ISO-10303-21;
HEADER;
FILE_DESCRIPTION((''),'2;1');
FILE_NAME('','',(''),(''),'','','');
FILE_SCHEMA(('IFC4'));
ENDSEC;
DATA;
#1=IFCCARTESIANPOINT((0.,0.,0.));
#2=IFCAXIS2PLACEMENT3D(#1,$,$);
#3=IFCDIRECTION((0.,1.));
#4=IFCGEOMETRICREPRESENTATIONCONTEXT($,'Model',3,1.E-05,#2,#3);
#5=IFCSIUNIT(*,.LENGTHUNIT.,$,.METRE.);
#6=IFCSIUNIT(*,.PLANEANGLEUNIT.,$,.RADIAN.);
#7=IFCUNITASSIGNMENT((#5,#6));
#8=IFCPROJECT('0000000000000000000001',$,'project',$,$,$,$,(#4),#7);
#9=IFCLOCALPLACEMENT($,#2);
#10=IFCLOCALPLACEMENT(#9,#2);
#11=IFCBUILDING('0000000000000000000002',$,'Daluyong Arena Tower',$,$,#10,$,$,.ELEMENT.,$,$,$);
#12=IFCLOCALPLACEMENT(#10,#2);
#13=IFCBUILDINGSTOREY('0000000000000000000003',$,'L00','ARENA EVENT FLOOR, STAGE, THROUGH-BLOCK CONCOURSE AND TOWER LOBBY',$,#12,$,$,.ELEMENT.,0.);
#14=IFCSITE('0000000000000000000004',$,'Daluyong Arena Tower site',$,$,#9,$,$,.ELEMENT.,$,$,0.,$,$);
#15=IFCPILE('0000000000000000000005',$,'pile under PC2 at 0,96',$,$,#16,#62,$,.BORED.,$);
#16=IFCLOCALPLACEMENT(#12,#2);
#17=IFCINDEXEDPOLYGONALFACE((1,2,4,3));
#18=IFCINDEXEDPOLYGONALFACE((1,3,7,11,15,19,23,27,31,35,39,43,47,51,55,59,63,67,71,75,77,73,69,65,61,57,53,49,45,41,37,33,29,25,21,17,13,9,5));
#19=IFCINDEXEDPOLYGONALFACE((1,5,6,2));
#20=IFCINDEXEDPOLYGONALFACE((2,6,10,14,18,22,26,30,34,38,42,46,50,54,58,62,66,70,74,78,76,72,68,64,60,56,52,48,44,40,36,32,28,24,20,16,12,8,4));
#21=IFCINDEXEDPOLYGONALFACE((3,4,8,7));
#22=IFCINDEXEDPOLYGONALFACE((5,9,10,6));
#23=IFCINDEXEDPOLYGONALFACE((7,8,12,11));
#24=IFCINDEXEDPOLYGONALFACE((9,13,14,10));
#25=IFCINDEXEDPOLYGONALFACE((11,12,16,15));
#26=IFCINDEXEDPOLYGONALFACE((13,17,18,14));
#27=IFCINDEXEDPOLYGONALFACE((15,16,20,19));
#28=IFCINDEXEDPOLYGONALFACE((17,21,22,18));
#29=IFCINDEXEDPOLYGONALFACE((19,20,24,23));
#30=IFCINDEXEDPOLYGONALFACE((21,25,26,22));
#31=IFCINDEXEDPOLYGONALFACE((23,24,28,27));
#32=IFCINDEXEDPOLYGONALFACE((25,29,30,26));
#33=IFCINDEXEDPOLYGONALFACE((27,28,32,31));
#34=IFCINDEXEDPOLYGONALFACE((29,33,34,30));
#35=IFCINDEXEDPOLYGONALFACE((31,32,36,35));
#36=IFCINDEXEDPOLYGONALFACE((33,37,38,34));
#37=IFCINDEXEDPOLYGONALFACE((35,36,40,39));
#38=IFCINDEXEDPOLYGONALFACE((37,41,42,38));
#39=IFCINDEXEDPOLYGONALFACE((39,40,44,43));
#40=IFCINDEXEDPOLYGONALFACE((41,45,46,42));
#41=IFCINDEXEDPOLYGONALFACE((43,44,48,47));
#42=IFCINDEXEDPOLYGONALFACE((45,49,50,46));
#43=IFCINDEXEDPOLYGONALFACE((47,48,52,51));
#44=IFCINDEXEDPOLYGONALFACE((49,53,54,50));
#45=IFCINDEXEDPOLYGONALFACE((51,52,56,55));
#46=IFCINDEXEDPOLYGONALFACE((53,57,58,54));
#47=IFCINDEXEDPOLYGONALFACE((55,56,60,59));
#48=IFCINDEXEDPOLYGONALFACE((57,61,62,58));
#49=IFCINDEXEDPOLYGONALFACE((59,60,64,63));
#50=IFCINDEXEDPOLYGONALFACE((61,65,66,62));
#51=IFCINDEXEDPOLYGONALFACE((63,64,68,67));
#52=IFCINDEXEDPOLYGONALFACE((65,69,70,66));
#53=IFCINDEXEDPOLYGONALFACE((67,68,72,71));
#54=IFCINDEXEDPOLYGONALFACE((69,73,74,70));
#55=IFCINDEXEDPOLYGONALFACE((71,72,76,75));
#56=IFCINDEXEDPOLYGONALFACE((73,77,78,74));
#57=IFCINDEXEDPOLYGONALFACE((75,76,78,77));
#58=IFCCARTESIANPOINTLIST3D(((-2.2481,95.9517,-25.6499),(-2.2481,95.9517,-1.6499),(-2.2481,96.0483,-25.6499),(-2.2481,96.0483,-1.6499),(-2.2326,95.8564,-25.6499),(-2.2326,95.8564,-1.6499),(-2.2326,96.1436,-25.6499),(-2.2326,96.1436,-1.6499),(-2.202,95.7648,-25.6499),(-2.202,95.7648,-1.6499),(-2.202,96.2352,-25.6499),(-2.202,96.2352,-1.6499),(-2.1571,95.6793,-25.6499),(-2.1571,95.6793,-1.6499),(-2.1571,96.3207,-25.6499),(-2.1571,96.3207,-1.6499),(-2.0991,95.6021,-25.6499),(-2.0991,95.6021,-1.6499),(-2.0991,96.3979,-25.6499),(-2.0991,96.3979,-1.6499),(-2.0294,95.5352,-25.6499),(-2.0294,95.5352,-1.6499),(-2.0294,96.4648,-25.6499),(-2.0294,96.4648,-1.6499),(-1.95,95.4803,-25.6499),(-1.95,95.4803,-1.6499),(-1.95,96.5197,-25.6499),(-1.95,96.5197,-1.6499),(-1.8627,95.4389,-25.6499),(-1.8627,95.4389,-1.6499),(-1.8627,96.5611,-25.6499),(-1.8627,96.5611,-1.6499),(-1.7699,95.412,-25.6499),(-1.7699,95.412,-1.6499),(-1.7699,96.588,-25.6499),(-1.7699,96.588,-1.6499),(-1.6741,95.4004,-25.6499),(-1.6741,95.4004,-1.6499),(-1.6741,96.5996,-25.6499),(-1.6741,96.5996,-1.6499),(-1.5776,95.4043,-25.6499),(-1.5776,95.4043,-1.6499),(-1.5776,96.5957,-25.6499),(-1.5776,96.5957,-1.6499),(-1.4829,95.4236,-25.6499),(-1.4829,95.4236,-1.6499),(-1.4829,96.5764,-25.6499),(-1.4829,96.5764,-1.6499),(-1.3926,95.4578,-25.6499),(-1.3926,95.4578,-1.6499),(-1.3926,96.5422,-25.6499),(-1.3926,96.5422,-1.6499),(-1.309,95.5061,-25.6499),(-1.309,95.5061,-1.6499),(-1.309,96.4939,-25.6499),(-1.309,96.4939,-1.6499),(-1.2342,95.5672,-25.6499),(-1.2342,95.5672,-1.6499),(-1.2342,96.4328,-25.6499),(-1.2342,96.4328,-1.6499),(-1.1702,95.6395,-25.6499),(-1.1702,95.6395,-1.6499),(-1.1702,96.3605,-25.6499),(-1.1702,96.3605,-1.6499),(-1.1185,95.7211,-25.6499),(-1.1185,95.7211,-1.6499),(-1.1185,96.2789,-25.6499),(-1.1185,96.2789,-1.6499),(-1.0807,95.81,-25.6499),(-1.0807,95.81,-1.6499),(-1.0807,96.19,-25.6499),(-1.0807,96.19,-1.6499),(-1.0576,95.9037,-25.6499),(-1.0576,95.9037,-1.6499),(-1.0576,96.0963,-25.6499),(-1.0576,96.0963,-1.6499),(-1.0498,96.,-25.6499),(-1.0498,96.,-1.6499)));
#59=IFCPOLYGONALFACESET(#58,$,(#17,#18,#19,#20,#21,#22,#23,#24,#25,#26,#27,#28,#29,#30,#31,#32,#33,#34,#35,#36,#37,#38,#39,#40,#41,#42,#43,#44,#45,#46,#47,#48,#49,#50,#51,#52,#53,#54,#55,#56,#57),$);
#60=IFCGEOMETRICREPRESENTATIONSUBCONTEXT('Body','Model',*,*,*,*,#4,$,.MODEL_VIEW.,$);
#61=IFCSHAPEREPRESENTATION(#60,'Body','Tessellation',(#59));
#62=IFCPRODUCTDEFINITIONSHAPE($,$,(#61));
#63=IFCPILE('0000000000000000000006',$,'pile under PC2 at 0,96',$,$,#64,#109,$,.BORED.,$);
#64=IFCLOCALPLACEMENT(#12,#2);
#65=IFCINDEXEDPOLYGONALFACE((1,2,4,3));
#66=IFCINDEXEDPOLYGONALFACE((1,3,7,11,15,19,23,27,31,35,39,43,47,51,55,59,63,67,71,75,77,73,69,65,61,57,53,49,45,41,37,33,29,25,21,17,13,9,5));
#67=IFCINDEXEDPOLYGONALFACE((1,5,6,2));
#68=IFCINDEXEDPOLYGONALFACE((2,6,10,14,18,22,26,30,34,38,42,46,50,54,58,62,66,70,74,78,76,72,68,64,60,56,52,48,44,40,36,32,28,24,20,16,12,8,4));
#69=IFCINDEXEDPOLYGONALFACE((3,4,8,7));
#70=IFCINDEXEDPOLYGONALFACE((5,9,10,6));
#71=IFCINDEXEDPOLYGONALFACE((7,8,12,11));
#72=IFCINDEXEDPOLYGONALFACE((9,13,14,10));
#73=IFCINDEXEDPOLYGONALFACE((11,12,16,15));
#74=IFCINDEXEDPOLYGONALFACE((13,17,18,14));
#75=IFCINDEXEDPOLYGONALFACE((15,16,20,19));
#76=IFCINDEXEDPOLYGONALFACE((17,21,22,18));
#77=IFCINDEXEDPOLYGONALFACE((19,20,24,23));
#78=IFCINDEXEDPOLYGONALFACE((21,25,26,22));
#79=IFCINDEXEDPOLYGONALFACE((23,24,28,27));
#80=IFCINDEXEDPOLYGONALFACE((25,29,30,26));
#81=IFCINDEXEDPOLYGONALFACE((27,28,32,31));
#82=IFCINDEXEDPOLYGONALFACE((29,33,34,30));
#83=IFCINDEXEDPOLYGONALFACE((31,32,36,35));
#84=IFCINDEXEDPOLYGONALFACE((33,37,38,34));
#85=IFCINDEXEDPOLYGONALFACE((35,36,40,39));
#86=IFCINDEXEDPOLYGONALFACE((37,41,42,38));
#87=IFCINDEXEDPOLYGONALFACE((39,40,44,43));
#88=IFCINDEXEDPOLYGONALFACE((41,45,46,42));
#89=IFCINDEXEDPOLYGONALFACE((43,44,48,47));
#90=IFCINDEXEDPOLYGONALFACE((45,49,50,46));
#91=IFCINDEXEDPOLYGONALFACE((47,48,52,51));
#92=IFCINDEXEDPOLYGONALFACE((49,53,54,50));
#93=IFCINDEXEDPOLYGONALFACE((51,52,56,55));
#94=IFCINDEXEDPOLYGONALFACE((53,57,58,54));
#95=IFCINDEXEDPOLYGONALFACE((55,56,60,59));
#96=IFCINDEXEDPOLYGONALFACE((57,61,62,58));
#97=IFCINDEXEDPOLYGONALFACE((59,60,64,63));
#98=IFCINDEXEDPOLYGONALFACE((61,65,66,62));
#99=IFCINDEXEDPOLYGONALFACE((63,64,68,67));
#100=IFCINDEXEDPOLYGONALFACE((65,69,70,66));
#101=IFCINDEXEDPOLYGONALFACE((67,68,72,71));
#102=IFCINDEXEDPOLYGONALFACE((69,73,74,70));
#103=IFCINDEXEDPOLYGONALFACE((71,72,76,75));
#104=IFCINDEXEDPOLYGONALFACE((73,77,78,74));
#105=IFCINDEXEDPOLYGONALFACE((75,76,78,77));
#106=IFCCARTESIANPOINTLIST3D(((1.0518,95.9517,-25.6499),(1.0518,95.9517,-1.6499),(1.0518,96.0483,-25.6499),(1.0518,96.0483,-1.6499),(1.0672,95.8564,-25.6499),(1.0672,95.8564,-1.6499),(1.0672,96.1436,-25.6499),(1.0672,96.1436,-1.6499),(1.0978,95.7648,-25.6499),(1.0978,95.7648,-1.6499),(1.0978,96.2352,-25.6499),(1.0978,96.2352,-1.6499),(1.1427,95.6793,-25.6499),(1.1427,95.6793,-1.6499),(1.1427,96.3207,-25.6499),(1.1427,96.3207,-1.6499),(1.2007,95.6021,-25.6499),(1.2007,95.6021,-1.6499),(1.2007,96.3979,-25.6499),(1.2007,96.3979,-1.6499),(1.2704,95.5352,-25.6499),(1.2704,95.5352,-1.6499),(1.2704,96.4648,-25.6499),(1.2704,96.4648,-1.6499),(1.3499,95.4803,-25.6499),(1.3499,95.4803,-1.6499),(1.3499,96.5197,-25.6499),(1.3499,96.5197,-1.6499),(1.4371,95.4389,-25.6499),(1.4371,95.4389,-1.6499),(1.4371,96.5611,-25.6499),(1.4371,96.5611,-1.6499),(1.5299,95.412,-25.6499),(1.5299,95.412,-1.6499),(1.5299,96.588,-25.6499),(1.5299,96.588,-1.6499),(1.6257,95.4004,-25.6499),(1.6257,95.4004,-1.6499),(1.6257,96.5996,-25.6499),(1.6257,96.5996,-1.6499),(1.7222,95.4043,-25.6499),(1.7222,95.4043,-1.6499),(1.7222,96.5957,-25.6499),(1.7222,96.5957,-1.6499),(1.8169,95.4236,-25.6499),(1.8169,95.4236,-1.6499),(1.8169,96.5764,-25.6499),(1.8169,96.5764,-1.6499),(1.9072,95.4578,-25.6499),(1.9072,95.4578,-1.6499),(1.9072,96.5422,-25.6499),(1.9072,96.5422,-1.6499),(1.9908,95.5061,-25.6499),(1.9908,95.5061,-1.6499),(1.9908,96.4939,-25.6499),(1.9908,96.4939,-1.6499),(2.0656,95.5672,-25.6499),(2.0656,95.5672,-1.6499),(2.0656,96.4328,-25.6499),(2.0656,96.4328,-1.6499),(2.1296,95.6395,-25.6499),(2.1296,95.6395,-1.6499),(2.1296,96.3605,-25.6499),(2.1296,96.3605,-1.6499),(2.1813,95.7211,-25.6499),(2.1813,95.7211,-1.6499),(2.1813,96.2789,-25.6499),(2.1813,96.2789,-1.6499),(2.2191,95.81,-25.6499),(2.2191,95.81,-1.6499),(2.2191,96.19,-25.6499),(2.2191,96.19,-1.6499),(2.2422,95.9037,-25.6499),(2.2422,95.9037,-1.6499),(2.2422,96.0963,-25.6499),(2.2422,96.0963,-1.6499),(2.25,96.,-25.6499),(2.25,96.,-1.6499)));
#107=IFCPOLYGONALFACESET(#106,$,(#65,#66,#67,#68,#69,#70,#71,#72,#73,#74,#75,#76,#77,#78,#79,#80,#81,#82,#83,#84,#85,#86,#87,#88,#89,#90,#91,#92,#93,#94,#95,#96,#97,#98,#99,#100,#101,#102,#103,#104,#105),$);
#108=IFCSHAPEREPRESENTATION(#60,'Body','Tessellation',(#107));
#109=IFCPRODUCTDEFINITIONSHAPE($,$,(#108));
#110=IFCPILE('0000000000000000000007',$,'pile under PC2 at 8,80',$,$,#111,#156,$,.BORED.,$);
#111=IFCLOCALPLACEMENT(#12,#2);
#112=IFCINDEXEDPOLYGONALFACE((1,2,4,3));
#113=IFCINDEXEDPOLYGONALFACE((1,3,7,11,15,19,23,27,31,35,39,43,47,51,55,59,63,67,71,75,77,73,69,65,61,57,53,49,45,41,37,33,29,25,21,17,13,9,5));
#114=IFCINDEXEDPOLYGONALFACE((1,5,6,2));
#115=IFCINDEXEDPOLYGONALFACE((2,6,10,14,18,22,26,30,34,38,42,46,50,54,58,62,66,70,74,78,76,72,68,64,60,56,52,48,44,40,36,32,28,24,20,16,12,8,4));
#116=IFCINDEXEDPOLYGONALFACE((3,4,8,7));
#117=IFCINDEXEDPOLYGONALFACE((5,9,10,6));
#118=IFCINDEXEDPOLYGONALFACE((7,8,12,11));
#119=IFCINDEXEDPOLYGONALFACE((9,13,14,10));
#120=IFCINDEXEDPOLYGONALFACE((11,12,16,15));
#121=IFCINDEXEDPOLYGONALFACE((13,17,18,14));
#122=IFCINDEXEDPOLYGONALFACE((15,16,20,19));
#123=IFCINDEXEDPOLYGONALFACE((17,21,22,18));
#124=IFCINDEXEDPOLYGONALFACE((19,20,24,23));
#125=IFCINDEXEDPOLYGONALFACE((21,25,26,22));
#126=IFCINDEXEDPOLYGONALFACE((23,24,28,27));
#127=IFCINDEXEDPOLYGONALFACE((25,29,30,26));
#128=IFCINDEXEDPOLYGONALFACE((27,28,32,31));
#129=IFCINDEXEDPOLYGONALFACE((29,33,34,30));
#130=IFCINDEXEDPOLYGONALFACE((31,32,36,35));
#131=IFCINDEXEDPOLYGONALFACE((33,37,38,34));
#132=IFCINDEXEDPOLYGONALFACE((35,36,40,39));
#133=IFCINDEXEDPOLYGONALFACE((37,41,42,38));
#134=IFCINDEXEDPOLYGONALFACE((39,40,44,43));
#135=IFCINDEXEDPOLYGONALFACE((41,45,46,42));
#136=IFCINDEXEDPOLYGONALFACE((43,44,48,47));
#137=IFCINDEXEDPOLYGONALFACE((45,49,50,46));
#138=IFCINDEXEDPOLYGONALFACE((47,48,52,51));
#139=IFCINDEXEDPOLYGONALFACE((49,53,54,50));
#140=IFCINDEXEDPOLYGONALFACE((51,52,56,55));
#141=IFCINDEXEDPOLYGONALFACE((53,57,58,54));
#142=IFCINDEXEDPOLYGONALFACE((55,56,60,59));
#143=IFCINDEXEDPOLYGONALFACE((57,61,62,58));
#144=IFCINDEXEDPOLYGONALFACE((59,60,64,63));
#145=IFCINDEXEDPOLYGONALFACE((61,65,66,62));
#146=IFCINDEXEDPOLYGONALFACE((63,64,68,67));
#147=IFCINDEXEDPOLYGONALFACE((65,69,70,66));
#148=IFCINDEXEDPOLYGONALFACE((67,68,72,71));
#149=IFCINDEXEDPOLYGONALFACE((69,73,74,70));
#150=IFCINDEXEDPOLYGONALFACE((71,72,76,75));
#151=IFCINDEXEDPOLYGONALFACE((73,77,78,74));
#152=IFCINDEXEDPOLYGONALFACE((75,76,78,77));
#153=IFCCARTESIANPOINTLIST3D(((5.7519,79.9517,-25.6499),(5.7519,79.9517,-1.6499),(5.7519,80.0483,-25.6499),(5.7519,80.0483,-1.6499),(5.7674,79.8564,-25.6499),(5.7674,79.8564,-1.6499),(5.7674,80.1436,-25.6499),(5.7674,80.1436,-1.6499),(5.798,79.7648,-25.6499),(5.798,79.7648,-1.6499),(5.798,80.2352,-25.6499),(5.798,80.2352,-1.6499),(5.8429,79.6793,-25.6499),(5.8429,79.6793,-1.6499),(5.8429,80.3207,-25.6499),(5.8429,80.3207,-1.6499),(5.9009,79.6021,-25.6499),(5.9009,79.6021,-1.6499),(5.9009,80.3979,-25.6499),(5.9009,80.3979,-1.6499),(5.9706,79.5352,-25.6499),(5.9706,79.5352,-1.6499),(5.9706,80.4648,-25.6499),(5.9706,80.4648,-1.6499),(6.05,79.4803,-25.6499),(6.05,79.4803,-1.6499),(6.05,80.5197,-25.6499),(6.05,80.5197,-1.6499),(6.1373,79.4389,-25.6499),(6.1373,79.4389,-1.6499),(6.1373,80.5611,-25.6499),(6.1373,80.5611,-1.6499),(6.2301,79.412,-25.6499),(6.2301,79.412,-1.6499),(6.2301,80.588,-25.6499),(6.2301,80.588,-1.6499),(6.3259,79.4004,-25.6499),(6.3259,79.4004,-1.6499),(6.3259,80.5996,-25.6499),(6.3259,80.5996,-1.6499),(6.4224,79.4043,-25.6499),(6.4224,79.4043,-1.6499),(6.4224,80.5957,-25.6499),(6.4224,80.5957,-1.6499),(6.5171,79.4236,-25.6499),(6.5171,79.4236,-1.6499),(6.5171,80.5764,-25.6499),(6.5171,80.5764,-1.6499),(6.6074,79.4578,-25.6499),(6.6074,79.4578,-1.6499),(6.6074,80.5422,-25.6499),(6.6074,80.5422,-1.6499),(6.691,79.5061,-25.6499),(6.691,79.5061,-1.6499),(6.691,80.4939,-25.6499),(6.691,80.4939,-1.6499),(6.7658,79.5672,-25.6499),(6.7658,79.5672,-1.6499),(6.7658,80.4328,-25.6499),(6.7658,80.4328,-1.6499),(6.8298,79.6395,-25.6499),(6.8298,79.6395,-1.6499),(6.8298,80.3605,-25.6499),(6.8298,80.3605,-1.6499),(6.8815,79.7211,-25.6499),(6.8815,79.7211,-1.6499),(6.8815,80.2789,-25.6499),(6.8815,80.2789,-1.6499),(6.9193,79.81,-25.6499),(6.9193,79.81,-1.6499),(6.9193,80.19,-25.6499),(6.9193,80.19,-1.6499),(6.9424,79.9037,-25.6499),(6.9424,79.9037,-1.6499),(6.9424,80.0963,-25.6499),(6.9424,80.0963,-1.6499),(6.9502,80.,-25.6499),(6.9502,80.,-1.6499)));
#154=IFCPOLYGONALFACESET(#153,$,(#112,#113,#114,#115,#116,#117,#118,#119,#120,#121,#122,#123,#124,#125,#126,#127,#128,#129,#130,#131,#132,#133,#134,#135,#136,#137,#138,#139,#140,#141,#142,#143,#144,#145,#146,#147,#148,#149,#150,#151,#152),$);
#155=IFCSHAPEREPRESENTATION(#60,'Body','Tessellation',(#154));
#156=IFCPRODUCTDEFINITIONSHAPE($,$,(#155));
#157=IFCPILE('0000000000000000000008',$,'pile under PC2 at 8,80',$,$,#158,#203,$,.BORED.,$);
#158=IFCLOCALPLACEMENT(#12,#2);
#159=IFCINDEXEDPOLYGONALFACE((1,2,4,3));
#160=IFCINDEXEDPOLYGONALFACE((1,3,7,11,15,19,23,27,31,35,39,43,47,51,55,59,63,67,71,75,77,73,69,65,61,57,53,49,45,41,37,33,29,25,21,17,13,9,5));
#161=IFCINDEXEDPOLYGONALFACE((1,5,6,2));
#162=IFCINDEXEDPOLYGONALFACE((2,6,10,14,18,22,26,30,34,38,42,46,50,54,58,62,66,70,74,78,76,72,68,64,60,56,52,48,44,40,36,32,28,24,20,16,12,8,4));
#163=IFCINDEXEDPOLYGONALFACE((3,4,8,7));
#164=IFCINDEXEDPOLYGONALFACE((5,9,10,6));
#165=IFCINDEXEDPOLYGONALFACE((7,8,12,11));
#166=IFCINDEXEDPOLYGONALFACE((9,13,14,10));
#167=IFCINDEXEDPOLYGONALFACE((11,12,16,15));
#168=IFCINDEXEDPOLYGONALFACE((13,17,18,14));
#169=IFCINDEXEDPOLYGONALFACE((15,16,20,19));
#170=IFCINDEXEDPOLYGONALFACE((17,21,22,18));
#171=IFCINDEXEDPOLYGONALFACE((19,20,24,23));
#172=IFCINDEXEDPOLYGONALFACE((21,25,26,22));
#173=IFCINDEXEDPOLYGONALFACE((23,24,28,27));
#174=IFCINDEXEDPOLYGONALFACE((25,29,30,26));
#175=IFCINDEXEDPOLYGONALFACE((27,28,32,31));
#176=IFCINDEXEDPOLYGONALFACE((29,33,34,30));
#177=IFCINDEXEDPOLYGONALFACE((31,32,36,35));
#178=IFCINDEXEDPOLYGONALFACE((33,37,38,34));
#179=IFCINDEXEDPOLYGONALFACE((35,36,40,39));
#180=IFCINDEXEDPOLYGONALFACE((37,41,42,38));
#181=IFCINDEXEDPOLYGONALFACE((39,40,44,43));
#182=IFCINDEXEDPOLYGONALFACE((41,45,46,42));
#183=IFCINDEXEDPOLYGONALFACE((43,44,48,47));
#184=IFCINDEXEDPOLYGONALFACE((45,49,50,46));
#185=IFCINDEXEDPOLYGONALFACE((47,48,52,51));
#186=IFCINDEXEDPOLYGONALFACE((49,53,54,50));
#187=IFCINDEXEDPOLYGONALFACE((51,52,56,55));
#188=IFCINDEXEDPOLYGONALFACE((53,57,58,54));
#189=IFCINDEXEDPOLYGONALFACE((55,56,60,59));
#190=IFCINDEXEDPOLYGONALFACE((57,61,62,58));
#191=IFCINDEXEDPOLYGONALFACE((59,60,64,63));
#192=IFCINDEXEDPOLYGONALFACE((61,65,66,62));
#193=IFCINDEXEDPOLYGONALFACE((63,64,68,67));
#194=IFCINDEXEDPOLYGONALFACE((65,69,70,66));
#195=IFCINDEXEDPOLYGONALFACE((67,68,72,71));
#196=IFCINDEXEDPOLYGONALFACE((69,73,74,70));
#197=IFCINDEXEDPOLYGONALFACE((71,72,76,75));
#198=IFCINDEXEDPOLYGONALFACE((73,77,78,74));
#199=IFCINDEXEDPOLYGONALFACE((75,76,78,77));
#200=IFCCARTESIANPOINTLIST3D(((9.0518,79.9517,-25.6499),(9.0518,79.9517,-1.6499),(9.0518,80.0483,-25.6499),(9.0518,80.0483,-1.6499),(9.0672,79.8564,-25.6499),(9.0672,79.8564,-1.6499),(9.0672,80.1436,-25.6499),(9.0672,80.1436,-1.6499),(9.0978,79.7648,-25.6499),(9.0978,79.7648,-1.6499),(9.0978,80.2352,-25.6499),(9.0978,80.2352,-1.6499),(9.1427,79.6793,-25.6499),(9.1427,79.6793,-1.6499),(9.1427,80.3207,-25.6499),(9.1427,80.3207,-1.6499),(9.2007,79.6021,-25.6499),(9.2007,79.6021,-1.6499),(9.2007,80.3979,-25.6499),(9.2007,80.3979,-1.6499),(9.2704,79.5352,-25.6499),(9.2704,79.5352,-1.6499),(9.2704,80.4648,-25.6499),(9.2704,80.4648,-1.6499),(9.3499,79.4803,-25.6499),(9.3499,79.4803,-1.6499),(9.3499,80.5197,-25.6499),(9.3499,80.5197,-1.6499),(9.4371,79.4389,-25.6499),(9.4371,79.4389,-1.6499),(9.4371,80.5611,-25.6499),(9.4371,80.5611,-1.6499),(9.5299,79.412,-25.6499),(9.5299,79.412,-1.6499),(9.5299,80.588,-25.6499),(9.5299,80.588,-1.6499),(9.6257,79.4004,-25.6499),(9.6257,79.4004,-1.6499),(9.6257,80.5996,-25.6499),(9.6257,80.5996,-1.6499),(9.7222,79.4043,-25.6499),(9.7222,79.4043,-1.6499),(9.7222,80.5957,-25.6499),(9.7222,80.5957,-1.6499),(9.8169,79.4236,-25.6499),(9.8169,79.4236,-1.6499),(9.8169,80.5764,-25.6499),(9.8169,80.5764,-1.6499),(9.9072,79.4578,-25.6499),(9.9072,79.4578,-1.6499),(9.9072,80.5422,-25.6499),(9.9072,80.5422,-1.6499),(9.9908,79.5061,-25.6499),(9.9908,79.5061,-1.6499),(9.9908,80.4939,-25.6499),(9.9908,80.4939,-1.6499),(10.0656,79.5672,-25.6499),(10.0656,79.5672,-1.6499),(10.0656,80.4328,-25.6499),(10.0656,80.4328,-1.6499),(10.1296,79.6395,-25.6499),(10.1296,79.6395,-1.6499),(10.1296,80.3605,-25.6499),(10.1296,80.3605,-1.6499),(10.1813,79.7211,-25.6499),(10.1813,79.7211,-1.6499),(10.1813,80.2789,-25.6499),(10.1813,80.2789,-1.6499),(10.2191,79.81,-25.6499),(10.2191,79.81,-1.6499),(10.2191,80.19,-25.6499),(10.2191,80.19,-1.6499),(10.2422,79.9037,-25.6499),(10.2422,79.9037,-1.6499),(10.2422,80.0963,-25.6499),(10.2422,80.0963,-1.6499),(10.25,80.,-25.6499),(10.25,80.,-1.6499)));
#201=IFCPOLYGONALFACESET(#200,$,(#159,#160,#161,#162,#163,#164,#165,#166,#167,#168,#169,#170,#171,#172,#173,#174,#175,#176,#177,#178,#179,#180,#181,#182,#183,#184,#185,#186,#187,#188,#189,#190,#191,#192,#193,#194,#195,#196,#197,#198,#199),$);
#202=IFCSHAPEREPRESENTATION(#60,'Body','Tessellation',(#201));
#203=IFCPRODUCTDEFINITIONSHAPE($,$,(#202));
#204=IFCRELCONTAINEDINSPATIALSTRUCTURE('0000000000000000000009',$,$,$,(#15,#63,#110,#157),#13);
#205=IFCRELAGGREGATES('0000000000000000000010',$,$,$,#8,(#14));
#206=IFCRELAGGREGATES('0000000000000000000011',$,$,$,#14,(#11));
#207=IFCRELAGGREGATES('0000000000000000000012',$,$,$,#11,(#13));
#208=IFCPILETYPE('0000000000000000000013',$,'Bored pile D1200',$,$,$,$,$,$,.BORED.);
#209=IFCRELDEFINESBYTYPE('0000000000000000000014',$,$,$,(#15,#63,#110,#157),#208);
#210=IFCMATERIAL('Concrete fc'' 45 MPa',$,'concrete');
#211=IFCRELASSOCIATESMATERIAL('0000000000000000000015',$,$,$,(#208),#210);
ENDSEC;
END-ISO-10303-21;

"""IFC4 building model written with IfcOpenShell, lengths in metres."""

from ifc_helpers import new_model, si_unit, direction, frame, origin, origin_2d, place, context, subcontext, project, spatial, circle, extrude, material, type_object, element, save


model = new_model("IFC4")

# Units and contexts
model_context = context("Model", 3, precision=1e-05, world=origin(), true_north=direction((0.0, 1.0)))
body_context = subcontext(model_context, "Body", "Model", "MODEL_VIEW")
ifc_project = project(units=[si_unit("LENGTHUNIT", "METRE"), si_unit("PLANEANGLEUNIT", "RADIAN")], contexts=[model_context])

# Site, building, storey
site_placement = place(None, origin())
site = spatial("IfcSite", under=ifc_project, at=site_placement, Name="Daluyong Arena Tower site", CompositionType="ELEMENT", RefElevation=0.0)
building_placement = place(site_placement, origin())
building = spatial("IfcBuilding", under=site, at=building_placement, Name="Daluyong Arena Tower", CompositionType="ELEMENT")
storey_placement = place(building_placement, origin())
storey = spatial("IfcBuildingStorey", under=building, at=storey_placement, Name="L00", Description="ARENA EVENT FLOOR, STAGE, THROUGH-BLOCK CONCOURSE AND TOWER LOBBY", CompositionType="ELEMENT", Elevation=0.0)

# Piles
ifc_material_1 = material(Name="Concrete fc' 45 MPa", Category="concrete")
pile_type = type_object("IfcPileType", Name="Bored pile D1200", PredefinedType="BORED", material=ifc_material_1)
for number, where, z_axis, x_axis, name in (
    (1, (-1.6499, 96.0, -1.6499), (0.0, 0.0, -1.0), (1.0, 0.0, 0.0), "pile under PC2 at 0,96"),
    (2, (1.6499, 96.0, -1.6499), (0.0, 0.0, -1.0), (1.0, 0.0, 0.0), "pile under PC2 at 0,96"),
    (3, (6.3501, 80.0, -1.6499), (0.0, 0.0, -1.0), (1.0, 0.0, 0.0), "pile under PC2 at 8,80"),
    (4, (9.6499, 80.0, -1.6499), (0.0, 0.0, -1.0), (1.0, 0.0, 0.0), "pile under PC2 at 8,80"),
):
    element("IfcPile", number, at=place(storey_placement, frame(where, z_axis=z_axis, x_axis=x_axis)), inside=storey, type_object=pile_type, Name=name, PredefinedType="BORED", context=body_context, shape_type="SweptSolid", body=[
        extrude(circle(Radius=0.6001, at=origin_2d()), origin(), (0.0, 0.0, 1.0), 24.0),
    ])

save(model, "model.ifc")
